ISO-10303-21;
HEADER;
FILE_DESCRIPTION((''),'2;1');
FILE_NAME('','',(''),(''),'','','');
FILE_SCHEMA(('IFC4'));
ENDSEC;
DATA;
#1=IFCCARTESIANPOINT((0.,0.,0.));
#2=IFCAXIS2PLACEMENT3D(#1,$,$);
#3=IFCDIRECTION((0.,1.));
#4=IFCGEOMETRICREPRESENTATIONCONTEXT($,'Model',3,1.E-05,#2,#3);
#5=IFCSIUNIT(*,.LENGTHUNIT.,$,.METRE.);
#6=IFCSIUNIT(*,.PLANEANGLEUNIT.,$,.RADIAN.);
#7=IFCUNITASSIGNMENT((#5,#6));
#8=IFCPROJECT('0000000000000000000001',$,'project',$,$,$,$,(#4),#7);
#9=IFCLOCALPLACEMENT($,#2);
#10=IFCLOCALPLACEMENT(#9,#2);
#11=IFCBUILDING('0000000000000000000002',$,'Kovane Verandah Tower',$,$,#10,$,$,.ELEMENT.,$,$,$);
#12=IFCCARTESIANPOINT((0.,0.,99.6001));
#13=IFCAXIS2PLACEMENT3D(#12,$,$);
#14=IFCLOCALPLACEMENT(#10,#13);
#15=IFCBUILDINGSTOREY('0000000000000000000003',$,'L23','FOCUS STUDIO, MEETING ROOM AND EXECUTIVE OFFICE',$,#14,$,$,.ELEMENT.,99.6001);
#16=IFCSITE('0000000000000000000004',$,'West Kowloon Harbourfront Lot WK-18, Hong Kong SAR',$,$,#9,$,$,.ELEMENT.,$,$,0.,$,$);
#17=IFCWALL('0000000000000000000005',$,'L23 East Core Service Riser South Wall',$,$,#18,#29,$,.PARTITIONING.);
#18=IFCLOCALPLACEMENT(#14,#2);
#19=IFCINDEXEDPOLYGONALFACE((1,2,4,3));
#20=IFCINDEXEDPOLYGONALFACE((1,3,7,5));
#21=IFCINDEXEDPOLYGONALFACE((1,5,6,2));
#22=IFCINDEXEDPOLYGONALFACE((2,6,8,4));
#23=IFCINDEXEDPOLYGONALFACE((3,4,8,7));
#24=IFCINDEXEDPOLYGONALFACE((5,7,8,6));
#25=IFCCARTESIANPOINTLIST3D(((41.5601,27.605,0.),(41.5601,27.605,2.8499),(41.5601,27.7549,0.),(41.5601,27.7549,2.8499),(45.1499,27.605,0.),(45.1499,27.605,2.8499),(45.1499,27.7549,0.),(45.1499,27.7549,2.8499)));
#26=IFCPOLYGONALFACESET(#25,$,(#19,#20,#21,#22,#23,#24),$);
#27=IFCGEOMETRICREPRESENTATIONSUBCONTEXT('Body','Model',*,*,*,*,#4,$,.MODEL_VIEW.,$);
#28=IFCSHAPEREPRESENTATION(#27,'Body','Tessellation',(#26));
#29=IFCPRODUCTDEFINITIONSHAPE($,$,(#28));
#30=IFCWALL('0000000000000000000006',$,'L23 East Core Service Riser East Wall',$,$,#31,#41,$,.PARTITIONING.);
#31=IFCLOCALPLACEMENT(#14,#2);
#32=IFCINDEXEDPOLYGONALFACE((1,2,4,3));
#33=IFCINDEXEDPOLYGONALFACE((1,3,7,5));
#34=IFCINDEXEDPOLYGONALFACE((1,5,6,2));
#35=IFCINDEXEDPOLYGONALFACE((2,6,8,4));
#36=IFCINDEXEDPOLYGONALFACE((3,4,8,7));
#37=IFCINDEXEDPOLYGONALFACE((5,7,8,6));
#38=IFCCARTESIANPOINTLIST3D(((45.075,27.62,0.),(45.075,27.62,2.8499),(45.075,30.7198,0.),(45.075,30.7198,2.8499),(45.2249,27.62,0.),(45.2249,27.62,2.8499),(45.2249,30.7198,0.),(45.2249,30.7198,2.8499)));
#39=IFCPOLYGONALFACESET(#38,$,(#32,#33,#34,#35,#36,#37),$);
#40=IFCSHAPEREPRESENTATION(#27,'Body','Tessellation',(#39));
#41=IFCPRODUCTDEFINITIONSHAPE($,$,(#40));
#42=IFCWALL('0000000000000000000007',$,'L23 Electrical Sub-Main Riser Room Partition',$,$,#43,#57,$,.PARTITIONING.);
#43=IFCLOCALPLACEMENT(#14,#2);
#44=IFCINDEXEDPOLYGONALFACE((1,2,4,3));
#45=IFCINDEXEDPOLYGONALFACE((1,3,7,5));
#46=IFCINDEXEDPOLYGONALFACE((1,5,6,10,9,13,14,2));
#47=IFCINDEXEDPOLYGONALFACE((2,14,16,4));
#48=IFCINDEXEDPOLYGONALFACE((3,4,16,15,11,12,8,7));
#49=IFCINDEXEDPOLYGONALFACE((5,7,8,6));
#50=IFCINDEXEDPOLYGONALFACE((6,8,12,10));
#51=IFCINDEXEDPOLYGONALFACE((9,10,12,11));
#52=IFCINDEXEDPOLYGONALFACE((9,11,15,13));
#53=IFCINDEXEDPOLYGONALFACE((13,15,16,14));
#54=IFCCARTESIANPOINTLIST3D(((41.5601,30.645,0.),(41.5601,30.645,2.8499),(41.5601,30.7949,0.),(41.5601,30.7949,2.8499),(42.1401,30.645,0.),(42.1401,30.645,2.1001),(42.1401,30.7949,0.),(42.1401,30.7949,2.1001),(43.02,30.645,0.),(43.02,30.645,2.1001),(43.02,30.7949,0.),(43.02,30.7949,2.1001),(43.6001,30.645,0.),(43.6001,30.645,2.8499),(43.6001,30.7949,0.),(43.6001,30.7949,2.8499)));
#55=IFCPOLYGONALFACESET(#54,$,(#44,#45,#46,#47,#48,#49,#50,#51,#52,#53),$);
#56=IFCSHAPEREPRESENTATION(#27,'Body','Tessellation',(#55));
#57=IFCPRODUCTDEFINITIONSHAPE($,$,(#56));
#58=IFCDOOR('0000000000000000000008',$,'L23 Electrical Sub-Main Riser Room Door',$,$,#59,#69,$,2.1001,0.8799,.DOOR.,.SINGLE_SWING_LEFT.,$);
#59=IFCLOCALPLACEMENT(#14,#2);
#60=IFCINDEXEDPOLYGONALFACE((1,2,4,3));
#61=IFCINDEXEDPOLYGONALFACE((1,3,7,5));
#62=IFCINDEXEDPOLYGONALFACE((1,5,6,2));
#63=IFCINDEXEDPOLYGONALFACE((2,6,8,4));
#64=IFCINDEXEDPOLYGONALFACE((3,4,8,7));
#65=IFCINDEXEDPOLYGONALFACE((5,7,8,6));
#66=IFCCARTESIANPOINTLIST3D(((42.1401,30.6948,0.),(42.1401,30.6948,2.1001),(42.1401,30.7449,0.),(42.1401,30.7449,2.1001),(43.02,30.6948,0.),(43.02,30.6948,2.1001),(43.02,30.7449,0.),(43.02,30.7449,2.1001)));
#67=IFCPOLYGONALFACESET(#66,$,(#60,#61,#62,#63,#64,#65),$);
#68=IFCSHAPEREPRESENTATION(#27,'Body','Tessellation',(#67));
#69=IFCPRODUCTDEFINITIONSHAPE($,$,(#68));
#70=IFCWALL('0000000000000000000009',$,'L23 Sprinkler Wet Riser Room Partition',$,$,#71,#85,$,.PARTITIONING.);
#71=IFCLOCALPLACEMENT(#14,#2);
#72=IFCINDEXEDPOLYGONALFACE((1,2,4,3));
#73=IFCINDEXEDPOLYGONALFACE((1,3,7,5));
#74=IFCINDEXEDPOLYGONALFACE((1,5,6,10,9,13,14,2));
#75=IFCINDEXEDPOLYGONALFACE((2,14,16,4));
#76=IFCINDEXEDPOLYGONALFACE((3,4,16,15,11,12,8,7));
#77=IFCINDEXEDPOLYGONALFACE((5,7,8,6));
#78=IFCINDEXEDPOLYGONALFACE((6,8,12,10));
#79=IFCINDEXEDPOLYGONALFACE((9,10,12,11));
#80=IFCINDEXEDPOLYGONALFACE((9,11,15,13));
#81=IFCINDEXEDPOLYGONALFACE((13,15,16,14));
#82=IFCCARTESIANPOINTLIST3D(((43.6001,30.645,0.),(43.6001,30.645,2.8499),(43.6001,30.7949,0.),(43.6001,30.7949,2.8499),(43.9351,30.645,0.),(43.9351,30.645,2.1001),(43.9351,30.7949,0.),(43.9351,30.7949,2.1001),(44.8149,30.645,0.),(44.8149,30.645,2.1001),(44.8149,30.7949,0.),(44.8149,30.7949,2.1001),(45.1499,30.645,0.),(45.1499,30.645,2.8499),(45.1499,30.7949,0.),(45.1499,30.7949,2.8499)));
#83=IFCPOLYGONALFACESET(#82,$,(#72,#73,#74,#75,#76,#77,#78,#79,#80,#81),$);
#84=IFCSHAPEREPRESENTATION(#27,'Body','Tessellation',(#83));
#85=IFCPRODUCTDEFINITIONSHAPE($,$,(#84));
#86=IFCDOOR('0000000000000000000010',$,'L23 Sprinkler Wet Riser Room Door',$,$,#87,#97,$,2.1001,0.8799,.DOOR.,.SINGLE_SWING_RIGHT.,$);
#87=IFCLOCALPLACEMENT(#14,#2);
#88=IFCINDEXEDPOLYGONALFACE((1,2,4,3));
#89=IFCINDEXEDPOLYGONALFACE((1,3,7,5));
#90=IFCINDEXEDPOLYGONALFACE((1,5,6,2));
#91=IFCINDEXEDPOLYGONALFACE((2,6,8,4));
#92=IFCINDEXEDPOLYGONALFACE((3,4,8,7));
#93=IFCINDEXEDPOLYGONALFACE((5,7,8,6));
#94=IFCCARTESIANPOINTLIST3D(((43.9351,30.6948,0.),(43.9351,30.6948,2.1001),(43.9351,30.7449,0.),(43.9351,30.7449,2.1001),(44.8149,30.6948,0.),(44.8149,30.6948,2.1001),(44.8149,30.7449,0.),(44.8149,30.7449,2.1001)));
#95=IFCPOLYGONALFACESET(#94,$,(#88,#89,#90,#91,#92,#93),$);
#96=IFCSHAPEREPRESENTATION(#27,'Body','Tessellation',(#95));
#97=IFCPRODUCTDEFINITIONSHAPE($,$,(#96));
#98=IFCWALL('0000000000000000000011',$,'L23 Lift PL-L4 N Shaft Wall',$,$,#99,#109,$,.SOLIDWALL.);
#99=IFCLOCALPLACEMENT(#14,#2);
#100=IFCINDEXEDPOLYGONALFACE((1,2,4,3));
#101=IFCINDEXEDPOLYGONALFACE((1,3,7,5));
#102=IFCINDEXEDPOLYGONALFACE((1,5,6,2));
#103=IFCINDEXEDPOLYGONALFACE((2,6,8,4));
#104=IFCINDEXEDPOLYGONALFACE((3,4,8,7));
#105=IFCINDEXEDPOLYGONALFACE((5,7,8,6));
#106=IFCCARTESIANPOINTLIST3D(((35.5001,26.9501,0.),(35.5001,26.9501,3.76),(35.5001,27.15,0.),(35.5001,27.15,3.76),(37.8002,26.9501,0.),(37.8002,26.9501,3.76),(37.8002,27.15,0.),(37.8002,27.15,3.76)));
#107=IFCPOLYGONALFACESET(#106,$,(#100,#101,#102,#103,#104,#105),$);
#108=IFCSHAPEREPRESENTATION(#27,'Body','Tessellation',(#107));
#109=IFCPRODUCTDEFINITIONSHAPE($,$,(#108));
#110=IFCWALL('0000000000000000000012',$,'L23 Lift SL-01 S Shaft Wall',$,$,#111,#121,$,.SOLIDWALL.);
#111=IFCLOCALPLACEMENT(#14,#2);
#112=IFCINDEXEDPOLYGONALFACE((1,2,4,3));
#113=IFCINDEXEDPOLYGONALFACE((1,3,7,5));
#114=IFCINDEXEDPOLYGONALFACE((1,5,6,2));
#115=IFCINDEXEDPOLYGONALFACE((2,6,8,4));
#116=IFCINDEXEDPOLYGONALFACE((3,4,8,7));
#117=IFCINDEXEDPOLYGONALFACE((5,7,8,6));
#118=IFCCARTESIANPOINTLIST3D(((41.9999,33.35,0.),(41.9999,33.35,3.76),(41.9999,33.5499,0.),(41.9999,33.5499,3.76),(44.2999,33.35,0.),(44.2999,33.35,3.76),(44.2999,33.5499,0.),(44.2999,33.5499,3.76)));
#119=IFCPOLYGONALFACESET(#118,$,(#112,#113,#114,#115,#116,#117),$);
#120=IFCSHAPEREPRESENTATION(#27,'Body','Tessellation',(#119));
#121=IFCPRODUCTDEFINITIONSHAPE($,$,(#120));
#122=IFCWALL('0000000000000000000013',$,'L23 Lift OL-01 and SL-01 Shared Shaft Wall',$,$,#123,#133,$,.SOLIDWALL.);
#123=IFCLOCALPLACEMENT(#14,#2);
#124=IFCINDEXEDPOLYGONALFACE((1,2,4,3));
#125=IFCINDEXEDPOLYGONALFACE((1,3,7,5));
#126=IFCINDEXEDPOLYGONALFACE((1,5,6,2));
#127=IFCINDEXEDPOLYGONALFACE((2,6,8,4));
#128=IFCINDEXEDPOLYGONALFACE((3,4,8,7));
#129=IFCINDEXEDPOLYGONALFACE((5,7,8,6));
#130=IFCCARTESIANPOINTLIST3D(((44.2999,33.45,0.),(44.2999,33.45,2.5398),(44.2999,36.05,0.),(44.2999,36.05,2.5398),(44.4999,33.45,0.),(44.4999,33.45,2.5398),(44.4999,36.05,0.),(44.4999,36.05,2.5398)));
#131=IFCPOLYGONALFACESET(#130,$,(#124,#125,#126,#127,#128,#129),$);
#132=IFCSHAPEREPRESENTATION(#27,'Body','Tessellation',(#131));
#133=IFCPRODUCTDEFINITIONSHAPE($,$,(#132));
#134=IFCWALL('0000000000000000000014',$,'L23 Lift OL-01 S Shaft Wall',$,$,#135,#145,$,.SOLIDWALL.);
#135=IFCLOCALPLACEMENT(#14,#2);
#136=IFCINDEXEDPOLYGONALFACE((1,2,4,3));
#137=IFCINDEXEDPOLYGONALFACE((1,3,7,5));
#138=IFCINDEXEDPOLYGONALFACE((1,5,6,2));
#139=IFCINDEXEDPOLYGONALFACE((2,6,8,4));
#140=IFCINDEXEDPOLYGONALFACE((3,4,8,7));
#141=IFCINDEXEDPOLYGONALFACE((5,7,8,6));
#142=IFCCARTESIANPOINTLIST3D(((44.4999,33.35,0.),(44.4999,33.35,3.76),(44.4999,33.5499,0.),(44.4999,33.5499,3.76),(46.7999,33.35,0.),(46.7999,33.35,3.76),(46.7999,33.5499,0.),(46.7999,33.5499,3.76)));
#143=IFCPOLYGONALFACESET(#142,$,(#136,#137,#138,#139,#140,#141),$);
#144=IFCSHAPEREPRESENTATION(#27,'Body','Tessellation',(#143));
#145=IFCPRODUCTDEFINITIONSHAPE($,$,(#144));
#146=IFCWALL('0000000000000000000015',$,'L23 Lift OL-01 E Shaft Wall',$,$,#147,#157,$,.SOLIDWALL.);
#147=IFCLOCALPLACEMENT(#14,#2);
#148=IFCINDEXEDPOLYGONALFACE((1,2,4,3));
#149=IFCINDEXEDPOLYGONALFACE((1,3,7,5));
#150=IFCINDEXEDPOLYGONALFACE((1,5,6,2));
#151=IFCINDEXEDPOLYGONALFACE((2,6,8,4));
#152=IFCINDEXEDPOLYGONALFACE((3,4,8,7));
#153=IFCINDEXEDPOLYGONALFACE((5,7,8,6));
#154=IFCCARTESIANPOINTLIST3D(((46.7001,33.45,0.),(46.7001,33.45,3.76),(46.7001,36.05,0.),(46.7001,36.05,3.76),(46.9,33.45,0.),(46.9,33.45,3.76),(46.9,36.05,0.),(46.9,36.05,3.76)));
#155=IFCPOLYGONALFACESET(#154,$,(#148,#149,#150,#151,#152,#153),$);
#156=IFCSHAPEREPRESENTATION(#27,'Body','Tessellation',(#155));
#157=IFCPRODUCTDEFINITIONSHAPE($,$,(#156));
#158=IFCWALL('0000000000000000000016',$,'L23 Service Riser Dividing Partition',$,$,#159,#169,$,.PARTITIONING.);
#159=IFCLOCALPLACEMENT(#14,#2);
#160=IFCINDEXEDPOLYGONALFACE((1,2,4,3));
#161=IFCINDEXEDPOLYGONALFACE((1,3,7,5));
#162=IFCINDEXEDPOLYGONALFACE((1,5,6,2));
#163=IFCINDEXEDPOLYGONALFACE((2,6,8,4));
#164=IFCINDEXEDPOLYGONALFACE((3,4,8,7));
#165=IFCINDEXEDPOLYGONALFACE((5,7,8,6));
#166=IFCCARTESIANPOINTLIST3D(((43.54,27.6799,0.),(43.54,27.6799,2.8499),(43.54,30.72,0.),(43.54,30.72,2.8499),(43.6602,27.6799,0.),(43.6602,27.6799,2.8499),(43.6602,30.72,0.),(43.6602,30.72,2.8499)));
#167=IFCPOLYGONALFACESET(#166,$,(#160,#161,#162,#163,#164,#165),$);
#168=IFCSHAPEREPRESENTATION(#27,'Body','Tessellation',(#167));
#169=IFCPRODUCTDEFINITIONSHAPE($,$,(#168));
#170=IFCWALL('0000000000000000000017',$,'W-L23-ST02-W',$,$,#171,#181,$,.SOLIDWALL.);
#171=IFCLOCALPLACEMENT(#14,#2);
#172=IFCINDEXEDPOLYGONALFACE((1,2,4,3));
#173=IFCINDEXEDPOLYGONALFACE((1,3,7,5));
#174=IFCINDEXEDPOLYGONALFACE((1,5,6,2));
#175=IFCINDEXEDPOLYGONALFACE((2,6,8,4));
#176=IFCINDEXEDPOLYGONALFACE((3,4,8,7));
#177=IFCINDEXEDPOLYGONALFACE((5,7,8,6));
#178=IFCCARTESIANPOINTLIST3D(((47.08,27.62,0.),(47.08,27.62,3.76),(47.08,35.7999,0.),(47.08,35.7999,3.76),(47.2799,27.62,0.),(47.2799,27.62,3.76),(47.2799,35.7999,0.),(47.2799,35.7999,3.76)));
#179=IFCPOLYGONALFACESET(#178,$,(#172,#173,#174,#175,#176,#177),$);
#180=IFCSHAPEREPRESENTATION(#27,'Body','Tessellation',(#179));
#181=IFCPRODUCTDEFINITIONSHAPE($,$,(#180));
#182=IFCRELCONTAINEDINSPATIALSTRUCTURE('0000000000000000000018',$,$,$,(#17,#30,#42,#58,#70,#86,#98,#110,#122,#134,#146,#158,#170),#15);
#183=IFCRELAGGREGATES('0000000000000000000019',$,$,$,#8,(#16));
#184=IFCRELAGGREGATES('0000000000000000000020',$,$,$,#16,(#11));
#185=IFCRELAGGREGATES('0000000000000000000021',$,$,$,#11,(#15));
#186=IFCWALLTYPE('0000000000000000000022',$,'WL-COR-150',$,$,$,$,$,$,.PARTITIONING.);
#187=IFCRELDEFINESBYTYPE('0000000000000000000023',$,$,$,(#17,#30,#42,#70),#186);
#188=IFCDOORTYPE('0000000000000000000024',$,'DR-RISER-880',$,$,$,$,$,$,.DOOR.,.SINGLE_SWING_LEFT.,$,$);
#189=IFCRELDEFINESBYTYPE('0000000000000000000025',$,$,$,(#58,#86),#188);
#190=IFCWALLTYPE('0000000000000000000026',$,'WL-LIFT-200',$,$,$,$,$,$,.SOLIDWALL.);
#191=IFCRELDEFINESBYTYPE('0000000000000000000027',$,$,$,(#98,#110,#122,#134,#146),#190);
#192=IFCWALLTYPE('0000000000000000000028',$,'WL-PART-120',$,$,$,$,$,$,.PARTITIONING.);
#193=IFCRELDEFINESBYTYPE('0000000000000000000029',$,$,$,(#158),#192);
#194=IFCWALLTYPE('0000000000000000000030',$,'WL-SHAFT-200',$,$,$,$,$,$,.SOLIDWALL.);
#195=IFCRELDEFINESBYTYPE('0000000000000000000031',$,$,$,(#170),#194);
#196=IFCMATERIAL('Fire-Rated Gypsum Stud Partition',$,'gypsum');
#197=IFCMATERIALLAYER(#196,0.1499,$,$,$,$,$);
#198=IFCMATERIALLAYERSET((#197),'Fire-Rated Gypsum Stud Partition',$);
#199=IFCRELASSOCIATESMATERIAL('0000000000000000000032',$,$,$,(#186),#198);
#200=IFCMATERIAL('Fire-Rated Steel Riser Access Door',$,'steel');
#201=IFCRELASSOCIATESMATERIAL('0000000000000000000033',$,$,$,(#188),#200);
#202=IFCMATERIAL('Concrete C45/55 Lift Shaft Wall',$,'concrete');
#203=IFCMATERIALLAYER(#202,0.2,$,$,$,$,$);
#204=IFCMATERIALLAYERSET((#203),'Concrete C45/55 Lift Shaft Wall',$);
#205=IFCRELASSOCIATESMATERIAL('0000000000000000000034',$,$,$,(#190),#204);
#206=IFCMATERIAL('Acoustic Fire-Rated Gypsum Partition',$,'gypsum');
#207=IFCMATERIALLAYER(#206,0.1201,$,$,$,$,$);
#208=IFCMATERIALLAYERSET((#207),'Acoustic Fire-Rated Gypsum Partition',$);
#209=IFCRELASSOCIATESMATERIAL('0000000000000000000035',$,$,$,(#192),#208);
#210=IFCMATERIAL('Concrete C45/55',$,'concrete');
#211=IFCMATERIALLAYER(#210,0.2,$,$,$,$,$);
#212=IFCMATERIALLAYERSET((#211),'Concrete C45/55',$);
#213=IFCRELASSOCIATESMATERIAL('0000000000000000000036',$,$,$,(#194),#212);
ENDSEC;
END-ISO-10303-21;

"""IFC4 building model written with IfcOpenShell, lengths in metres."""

from ifc_helpers import new_model, si_unit, direction, frame, frame_2d, origin, place, context, subcontext, project, spatial, rectangle, extrude, material, layer, layer_set, type_object, element, fill, save


model = new_model("IFC4")

# Units and contexts
model_context = context("Model", 3, precision=1e-05, world=origin(), true_north=direction((0.0, 1.0)))
body_context = subcontext(model_context, "Body", "Model", "MODEL_VIEW")
ifc_project = project(units=[si_unit("LENGTHUNIT", "METRE"), si_unit("PLANEANGLEUNIT", "RADIAN")], contexts=[model_context])

# Site, building, storey
site_placement = place(None, origin())
site = spatial("IfcSite", under=ifc_project, at=site_placement, Name="West Kowloon Harbourfront Lot WK-18, Hong Kong SAR", CompositionType="ELEMENT", RefElevation=0.0)
building_placement = place(site_placement, origin())
building = spatial("IfcBuilding", under=site, at=building_placement, Name="Kovane Verandah Tower", CompositionType="ELEMENT")
storey_placement = place(building_placement, frame((0.0, 0.0, 99.6001)))
storey = spatial("IfcBuildingStorey", under=building, at=storey_placement, Name="L23", Description="FOCUS STUDIO, MEETING ROOM AND EXECUTIVE OFFICE", CompositionType="ELEMENT", Elevation=99.6001)

# Walls
ifc_material_1 = material(Name="Fire-Rated Gypsum Stud Partition", Category="gypsum")
ifc_layer_1 = layer(ifc_material_1, 0.1499)
ifc_layer_set_1 = layer_set([ifc_layer_1], Name="Fire-Rated Gypsum Stud Partition")
wall_type_1 = type_object("IfcWallType", Name="WL-COR-150", PredefinedType="PARTITIONING", material=ifc_layer_set_1)
wall_1_placement = place(storey_placement, frame((41.5601, 27.6799, 0.0), z_axis=(0.0, 0.0, 1.0), x_axis=(1.0, 0.0, 0.0)))
element("IfcWall", 1, at=wall_1_placement, inside=storey, type_object=wall_type_1, Name="L23 East Core Service Riser South Wall", PredefinedType="PARTITIONING", context=body_context, shape_type="SweptSolid", body=[
    extrude(rectangle(XDim=3.5898, YDim=0.1499, at=frame_2d((1.7949, 0.0))), origin(), (0.0, 0.0, 1.0), 2.8499),
])
wall_2_placement = place(storey_placement, frame((45.1499, 27.6201, 0.0), z_axis=(0.0, 0.0, 1.0), x_axis=(0.0, 1.0, 0.0)))
element("IfcWall", 2, at=wall_2_placement, inside=storey, type_object=wall_type_1, Name="L23 East Core Service Riser East Wall", PredefinedType="PARTITIONING", context=body_context, shape_type="SweptSolid", body=[
    extrude(rectangle(XDim=3.0999, YDim=0.1499, at=frame_2d((1.5498, 0.0))), origin(), (0.0, 0.0, 1.0), 2.8499),
])

# Walls, openings, doors
wall_3_placement = place(storey_placement, frame((41.5601, 30.72, 0.0), z_axis=(0.0, 0.0, 1.0), x_axis=(1.0, 0.0, 0.0)))
wall_3 = element("IfcWall", 3, at=wall_3_placement, inside=storey, type_object=wall_type_1, Name="L23 Electrical Sub-Main Riser Room Partition", PredefinedType="PARTITIONING", context=body_context, shape_type="SweptSolid", body=[
    extrude(rectangle(XDim=2.04, YDim=0.1499, at=frame_2d((1.02, 0.0))), origin(), (0.0, 0.0, 1.0), 2.8499),
])
opening_1_placement = place(wall_3_placement, frame((0.5801, 0.0, 0.0)))
opening_1 = element("IfcOpeningElement", 4, at=opening_1_placement, cuts=wall_3, PredefinedType="OPENING", context=body_context, shape_type="SweptSolid", body=[
    extrude(rectangle(XDim=0.8799, YDim=2.1001, at=frame_2d((0.4399, 1.05))), frame((0.0, 0.075, 0.0), z_axis=(0.0, -1.0, 0.0), x_axis=(1.0, 0.0, 0.0)), (0.0, 0.0, 1.0), 0.1499),
])
ifc_material_2 = material(Name="Fire-Rated Steel Riser Access Door", Category="steel")
door_type_1 = type_object("IfcDoorType", Name="DR-RISER-880", OperationType="SINGLE_SWING_LEFT", PredefinedType="DOOR", material=ifc_material_2)
door_1_placement = place(opening_1_placement, origin())
door_1 = element("IfcDoor", 5, at=door_1_placement, inside=storey, type_object=door_type_1, Name="L23 Electrical Sub-Main Riser Room Door", OperationType="SINGLE_SWING_LEFT", OverallHeight=2.1001, OverallWidth=0.8799, PredefinedType="DOOR", context=body_context, shape_type="SweptSolid", body=[
    extrude(rectangle(XDim=0.8799, YDim=2.1001, at=frame_2d((0.4399, 1.05))), frame((0.0, 0.0249, 0.0), z_axis=(0.0, -1.0, 0.0), x_axis=(1.0, 0.0, 0.0)), (0.0, 0.0, 1.0), 0.05),
])
fill(opening_1, door_1)
wall_4_placement = place(storey_placement, frame((43.6001, 30.72, 0.0), z_axis=(0.0, 0.0, 1.0), x_axis=(1.0, 0.0, 0.0)))
wall_4 = element("IfcWall", 6, at=wall_4_placement, inside=storey, type_object=wall_type_1, Name="L23 Sprinkler Wet Riser Room Partition", PredefinedType="PARTITIONING", context=body_context, shape_type="SweptSolid", body=[
    extrude(rectangle(XDim=1.5498, YDim=0.1499, at=frame_2d((0.7749, 0.0))), origin(), (0.0, 0.0, 1.0), 2.8499),
])
opening_2_placement = place(wall_4_placement, frame((0.335, 0.0, 0.0)))
opening_2 = element("IfcOpeningElement", 7, at=opening_2_placement, cuts=wall_4, PredefinedType="OPENING", context=body_context, shape_type="SweptSolid", body=[
    extrude(rectangle(XDim=0.8799, YDim=2.1001, at=frame_2d((0.4399, 1.05))), frame((0.0, 0.075, 0.0), z_axis=(0.0, -1.0, 0.0), x_axis=(1.0, 0.0, 0.0)), (0.0, 0.0, 1.0), 0.1499),
])
door_2_placement = place(opening_2_placement, origin())
door_2 = element("IfcDoor", 8, at=door_2_placement, inside=storey, type_object=door_type_1, Name="L23 Sprinkler Wet Riser Room Door", OperationType="SINGLE_SWING_RIGHT", OverallHeight=2.1001, OverallWidth=0.8799, PredefinedType="DOOR", context=body_context, shape_type="SweptSolid", body=[
    extrude(rectangle(XDim=0.8799, YDim=2.1001, at=frame_2d((0.4399, 1.05))), frame((0.0, 0.0249, 0.0), z_axis=(0.0, -1.0, 0.0), x_axis=(1.0, 0.0, 0.0)), (0.0, 0.0, 1.0), 0.05),
])
fill(opening_2, door_2)

# Walls
ifc_material_3 = material(Name="Concrete C45/55 Lift Shaft Wall", Category="concrete")
ifc_layer_2 = layer(ifc_material_3, 0.2)
ifc_layer_set_2 = layer_set([ifc_layer_2], Name="Concrete C45/55 Lift Shaft Wall")
wall_type_2 = type_object("IfcWallType", Name="WL-LIFT-200", PredefinedType="SOLIDWALL", material=ifc_layer_set_2)
for number, where, z_axis, x_axis, name in (
    (9, (37.8, 27.05, 0.0), (0.0, 0.0, 1.0), (-1.0, 0.0, 0.0), "L23 Lift PL-L4 N Shaft Wall"),
    (10, (42.0, 33.45, 0.0), (0.0, 0.0, 1.0), (1.0, 0.0, 0.0), "L23 Lift SL-01 S Shaft Wall"),
):
    element("IfcWall", number, at=place(storey_placement, frame(where, z_axis=z_axis, x_axis=x_axis)), inside=storey, type_object=wall_type_2, Name=name, PredefinedType="SOLIDWALL", context=body_context, shape_type="SweptSolid", body=[
        extrude(rectangle(XDim=2.3, YDim=0.2, at=frame_2d((1.1499, 0.0))), origin(), (0.0, 0.0, 1.0), 3.76),
    ])
wall_5_placement = place(storey_placement, frame((44.3999, 33.45, 0.0), z_axis=(0.0, 0.0, 1.0), x_axis=(0.0, 1.0, 0.0)))
element("IfcWall", 11, at=wall_5_placement, inside=storey, type_object=wall_type_2, Name="L23 Lift OL-01 and SL-01 Shared Shaft Wall", PredefinedType="SOLIDWALL", context=body_context, shape_type="SweptSolid", body=[
    extrude(rectangle(XDim=2.6001, YDim=0.2, at=frame_2d((1.3, 0.0))), origin(), (0.0, 0.0, 1.0), 2.5398),
])
wall_6_placement = place(storey_placement, frame((44.5, 33.45, 0.0), z_axis=(0.0, 0.0, 1.0), x_axis=(1.0, 0.0, 0.0)))
element("IfcWall", 12, at=wall_6_placement, inside=storey, type_object=wall_type_2, Name="L23 Lift OL-01 S Shaft Wall", PredefinedType="SOLIDWALL", context=body_context, shape_type="SweptSolid", body=[
    extrude(rectangle(XDim=2.3, YDim=0.2, at=frame_2d((1.1499, 0.0))), origin(), (0.0, 0.0, 1.0), 3.76),
])
wall_7_placement = place(storey_placement, frame((46.8, 33.45, 0.0), z_axis=(0.0, 0.0, 1.0), x_axis=(0.0, 1.0, 0.0)))
element("IfcWall", 13, at=wall_7_placement, inside=storey, type_object=wall_type_2, Name="L23 Lift OL-01 E Shaft Wall", PredefinedType="SOLIDWALL", context=body_context, shape_type="SweptSolid", body=[
    extrude(rectangle(XDim=2.6001, YDim=0.2, at=frame_2d((1.3, 0.0))), origin(), (0.0, 0.0, 1.0), 3.76),
])
ifc_material_4 = material(Name="Acoustic Fire-Rated Gypsum Partition", Category="gypsum")
ifc_layer_3 = layer(ifc_material_4, 0.1201)
ifc_layer_set_3 = layer_set([ifc_layer_3], Name="Acoustic Fire-Rated Gypsum Partition")
wall_type_3 = type_object("IfcWallType", Name="WL-PART-120", PredefinedType="PARTITIONING", material=ifc_layer_set_3)
wall_8_placement = place(storey_placement, frame((43.6001, 27.6799, 0.0), z_axis=(0.0, 0.0, 1.0), x_axis=(0.0, 1.0, 0.0)))
element("IfcWall", 14, at=wall_8_placement, inside=storey, type_object=wall_type_3, Name="L23 Service Riser Dividing Partition", PredefinedType="PARTITIONING", context=body_context, shape_type="SweptSolid", body=[
    extrude(rectangle(XDim=3.04, YDim=0.1201, at=frame_2d((1.52, 0.0))), origin(), (0.0, 0.0, 1.0), 2.8499),
])
ifc_material_5 = material(Name="Concrete C45/55", Category="concrete")
ifc_layer_4 = layer(ifc_material_5, 0.2)
ifc_layer_set_4 = layer_set([ifc_layer_4], Name="Concrete C45/55")
wall_type_4 = type_object("IfcWallType", Name="WL-SHAFT-200", PredefinedType="SOLIDWALL", material=ifc_layer_set_4)
wall_9_placement = place(storey_placement, frame((47.1799, 27.6201, 0.0), z_axis=(0.0, 0.0, 1.0), x_axis=(0.0, 1.0, 0.0)))
element("IfcWall", 15, at=wall_9_placement, inside=storey, type_object=wall_type_4, Name="W-L23-ST02-W", PredefinedType="SOLIDWALL", context=body_context, shape_type="SweptSolid", body=[
    extrude(rectangle(XDim=8.1799, YDim=0.2, at=frame_2d((4.0898, 0.0))), origin(), (0.0, 0.0, 1.0), 3.76),
])

save(model, "model.ifc")
